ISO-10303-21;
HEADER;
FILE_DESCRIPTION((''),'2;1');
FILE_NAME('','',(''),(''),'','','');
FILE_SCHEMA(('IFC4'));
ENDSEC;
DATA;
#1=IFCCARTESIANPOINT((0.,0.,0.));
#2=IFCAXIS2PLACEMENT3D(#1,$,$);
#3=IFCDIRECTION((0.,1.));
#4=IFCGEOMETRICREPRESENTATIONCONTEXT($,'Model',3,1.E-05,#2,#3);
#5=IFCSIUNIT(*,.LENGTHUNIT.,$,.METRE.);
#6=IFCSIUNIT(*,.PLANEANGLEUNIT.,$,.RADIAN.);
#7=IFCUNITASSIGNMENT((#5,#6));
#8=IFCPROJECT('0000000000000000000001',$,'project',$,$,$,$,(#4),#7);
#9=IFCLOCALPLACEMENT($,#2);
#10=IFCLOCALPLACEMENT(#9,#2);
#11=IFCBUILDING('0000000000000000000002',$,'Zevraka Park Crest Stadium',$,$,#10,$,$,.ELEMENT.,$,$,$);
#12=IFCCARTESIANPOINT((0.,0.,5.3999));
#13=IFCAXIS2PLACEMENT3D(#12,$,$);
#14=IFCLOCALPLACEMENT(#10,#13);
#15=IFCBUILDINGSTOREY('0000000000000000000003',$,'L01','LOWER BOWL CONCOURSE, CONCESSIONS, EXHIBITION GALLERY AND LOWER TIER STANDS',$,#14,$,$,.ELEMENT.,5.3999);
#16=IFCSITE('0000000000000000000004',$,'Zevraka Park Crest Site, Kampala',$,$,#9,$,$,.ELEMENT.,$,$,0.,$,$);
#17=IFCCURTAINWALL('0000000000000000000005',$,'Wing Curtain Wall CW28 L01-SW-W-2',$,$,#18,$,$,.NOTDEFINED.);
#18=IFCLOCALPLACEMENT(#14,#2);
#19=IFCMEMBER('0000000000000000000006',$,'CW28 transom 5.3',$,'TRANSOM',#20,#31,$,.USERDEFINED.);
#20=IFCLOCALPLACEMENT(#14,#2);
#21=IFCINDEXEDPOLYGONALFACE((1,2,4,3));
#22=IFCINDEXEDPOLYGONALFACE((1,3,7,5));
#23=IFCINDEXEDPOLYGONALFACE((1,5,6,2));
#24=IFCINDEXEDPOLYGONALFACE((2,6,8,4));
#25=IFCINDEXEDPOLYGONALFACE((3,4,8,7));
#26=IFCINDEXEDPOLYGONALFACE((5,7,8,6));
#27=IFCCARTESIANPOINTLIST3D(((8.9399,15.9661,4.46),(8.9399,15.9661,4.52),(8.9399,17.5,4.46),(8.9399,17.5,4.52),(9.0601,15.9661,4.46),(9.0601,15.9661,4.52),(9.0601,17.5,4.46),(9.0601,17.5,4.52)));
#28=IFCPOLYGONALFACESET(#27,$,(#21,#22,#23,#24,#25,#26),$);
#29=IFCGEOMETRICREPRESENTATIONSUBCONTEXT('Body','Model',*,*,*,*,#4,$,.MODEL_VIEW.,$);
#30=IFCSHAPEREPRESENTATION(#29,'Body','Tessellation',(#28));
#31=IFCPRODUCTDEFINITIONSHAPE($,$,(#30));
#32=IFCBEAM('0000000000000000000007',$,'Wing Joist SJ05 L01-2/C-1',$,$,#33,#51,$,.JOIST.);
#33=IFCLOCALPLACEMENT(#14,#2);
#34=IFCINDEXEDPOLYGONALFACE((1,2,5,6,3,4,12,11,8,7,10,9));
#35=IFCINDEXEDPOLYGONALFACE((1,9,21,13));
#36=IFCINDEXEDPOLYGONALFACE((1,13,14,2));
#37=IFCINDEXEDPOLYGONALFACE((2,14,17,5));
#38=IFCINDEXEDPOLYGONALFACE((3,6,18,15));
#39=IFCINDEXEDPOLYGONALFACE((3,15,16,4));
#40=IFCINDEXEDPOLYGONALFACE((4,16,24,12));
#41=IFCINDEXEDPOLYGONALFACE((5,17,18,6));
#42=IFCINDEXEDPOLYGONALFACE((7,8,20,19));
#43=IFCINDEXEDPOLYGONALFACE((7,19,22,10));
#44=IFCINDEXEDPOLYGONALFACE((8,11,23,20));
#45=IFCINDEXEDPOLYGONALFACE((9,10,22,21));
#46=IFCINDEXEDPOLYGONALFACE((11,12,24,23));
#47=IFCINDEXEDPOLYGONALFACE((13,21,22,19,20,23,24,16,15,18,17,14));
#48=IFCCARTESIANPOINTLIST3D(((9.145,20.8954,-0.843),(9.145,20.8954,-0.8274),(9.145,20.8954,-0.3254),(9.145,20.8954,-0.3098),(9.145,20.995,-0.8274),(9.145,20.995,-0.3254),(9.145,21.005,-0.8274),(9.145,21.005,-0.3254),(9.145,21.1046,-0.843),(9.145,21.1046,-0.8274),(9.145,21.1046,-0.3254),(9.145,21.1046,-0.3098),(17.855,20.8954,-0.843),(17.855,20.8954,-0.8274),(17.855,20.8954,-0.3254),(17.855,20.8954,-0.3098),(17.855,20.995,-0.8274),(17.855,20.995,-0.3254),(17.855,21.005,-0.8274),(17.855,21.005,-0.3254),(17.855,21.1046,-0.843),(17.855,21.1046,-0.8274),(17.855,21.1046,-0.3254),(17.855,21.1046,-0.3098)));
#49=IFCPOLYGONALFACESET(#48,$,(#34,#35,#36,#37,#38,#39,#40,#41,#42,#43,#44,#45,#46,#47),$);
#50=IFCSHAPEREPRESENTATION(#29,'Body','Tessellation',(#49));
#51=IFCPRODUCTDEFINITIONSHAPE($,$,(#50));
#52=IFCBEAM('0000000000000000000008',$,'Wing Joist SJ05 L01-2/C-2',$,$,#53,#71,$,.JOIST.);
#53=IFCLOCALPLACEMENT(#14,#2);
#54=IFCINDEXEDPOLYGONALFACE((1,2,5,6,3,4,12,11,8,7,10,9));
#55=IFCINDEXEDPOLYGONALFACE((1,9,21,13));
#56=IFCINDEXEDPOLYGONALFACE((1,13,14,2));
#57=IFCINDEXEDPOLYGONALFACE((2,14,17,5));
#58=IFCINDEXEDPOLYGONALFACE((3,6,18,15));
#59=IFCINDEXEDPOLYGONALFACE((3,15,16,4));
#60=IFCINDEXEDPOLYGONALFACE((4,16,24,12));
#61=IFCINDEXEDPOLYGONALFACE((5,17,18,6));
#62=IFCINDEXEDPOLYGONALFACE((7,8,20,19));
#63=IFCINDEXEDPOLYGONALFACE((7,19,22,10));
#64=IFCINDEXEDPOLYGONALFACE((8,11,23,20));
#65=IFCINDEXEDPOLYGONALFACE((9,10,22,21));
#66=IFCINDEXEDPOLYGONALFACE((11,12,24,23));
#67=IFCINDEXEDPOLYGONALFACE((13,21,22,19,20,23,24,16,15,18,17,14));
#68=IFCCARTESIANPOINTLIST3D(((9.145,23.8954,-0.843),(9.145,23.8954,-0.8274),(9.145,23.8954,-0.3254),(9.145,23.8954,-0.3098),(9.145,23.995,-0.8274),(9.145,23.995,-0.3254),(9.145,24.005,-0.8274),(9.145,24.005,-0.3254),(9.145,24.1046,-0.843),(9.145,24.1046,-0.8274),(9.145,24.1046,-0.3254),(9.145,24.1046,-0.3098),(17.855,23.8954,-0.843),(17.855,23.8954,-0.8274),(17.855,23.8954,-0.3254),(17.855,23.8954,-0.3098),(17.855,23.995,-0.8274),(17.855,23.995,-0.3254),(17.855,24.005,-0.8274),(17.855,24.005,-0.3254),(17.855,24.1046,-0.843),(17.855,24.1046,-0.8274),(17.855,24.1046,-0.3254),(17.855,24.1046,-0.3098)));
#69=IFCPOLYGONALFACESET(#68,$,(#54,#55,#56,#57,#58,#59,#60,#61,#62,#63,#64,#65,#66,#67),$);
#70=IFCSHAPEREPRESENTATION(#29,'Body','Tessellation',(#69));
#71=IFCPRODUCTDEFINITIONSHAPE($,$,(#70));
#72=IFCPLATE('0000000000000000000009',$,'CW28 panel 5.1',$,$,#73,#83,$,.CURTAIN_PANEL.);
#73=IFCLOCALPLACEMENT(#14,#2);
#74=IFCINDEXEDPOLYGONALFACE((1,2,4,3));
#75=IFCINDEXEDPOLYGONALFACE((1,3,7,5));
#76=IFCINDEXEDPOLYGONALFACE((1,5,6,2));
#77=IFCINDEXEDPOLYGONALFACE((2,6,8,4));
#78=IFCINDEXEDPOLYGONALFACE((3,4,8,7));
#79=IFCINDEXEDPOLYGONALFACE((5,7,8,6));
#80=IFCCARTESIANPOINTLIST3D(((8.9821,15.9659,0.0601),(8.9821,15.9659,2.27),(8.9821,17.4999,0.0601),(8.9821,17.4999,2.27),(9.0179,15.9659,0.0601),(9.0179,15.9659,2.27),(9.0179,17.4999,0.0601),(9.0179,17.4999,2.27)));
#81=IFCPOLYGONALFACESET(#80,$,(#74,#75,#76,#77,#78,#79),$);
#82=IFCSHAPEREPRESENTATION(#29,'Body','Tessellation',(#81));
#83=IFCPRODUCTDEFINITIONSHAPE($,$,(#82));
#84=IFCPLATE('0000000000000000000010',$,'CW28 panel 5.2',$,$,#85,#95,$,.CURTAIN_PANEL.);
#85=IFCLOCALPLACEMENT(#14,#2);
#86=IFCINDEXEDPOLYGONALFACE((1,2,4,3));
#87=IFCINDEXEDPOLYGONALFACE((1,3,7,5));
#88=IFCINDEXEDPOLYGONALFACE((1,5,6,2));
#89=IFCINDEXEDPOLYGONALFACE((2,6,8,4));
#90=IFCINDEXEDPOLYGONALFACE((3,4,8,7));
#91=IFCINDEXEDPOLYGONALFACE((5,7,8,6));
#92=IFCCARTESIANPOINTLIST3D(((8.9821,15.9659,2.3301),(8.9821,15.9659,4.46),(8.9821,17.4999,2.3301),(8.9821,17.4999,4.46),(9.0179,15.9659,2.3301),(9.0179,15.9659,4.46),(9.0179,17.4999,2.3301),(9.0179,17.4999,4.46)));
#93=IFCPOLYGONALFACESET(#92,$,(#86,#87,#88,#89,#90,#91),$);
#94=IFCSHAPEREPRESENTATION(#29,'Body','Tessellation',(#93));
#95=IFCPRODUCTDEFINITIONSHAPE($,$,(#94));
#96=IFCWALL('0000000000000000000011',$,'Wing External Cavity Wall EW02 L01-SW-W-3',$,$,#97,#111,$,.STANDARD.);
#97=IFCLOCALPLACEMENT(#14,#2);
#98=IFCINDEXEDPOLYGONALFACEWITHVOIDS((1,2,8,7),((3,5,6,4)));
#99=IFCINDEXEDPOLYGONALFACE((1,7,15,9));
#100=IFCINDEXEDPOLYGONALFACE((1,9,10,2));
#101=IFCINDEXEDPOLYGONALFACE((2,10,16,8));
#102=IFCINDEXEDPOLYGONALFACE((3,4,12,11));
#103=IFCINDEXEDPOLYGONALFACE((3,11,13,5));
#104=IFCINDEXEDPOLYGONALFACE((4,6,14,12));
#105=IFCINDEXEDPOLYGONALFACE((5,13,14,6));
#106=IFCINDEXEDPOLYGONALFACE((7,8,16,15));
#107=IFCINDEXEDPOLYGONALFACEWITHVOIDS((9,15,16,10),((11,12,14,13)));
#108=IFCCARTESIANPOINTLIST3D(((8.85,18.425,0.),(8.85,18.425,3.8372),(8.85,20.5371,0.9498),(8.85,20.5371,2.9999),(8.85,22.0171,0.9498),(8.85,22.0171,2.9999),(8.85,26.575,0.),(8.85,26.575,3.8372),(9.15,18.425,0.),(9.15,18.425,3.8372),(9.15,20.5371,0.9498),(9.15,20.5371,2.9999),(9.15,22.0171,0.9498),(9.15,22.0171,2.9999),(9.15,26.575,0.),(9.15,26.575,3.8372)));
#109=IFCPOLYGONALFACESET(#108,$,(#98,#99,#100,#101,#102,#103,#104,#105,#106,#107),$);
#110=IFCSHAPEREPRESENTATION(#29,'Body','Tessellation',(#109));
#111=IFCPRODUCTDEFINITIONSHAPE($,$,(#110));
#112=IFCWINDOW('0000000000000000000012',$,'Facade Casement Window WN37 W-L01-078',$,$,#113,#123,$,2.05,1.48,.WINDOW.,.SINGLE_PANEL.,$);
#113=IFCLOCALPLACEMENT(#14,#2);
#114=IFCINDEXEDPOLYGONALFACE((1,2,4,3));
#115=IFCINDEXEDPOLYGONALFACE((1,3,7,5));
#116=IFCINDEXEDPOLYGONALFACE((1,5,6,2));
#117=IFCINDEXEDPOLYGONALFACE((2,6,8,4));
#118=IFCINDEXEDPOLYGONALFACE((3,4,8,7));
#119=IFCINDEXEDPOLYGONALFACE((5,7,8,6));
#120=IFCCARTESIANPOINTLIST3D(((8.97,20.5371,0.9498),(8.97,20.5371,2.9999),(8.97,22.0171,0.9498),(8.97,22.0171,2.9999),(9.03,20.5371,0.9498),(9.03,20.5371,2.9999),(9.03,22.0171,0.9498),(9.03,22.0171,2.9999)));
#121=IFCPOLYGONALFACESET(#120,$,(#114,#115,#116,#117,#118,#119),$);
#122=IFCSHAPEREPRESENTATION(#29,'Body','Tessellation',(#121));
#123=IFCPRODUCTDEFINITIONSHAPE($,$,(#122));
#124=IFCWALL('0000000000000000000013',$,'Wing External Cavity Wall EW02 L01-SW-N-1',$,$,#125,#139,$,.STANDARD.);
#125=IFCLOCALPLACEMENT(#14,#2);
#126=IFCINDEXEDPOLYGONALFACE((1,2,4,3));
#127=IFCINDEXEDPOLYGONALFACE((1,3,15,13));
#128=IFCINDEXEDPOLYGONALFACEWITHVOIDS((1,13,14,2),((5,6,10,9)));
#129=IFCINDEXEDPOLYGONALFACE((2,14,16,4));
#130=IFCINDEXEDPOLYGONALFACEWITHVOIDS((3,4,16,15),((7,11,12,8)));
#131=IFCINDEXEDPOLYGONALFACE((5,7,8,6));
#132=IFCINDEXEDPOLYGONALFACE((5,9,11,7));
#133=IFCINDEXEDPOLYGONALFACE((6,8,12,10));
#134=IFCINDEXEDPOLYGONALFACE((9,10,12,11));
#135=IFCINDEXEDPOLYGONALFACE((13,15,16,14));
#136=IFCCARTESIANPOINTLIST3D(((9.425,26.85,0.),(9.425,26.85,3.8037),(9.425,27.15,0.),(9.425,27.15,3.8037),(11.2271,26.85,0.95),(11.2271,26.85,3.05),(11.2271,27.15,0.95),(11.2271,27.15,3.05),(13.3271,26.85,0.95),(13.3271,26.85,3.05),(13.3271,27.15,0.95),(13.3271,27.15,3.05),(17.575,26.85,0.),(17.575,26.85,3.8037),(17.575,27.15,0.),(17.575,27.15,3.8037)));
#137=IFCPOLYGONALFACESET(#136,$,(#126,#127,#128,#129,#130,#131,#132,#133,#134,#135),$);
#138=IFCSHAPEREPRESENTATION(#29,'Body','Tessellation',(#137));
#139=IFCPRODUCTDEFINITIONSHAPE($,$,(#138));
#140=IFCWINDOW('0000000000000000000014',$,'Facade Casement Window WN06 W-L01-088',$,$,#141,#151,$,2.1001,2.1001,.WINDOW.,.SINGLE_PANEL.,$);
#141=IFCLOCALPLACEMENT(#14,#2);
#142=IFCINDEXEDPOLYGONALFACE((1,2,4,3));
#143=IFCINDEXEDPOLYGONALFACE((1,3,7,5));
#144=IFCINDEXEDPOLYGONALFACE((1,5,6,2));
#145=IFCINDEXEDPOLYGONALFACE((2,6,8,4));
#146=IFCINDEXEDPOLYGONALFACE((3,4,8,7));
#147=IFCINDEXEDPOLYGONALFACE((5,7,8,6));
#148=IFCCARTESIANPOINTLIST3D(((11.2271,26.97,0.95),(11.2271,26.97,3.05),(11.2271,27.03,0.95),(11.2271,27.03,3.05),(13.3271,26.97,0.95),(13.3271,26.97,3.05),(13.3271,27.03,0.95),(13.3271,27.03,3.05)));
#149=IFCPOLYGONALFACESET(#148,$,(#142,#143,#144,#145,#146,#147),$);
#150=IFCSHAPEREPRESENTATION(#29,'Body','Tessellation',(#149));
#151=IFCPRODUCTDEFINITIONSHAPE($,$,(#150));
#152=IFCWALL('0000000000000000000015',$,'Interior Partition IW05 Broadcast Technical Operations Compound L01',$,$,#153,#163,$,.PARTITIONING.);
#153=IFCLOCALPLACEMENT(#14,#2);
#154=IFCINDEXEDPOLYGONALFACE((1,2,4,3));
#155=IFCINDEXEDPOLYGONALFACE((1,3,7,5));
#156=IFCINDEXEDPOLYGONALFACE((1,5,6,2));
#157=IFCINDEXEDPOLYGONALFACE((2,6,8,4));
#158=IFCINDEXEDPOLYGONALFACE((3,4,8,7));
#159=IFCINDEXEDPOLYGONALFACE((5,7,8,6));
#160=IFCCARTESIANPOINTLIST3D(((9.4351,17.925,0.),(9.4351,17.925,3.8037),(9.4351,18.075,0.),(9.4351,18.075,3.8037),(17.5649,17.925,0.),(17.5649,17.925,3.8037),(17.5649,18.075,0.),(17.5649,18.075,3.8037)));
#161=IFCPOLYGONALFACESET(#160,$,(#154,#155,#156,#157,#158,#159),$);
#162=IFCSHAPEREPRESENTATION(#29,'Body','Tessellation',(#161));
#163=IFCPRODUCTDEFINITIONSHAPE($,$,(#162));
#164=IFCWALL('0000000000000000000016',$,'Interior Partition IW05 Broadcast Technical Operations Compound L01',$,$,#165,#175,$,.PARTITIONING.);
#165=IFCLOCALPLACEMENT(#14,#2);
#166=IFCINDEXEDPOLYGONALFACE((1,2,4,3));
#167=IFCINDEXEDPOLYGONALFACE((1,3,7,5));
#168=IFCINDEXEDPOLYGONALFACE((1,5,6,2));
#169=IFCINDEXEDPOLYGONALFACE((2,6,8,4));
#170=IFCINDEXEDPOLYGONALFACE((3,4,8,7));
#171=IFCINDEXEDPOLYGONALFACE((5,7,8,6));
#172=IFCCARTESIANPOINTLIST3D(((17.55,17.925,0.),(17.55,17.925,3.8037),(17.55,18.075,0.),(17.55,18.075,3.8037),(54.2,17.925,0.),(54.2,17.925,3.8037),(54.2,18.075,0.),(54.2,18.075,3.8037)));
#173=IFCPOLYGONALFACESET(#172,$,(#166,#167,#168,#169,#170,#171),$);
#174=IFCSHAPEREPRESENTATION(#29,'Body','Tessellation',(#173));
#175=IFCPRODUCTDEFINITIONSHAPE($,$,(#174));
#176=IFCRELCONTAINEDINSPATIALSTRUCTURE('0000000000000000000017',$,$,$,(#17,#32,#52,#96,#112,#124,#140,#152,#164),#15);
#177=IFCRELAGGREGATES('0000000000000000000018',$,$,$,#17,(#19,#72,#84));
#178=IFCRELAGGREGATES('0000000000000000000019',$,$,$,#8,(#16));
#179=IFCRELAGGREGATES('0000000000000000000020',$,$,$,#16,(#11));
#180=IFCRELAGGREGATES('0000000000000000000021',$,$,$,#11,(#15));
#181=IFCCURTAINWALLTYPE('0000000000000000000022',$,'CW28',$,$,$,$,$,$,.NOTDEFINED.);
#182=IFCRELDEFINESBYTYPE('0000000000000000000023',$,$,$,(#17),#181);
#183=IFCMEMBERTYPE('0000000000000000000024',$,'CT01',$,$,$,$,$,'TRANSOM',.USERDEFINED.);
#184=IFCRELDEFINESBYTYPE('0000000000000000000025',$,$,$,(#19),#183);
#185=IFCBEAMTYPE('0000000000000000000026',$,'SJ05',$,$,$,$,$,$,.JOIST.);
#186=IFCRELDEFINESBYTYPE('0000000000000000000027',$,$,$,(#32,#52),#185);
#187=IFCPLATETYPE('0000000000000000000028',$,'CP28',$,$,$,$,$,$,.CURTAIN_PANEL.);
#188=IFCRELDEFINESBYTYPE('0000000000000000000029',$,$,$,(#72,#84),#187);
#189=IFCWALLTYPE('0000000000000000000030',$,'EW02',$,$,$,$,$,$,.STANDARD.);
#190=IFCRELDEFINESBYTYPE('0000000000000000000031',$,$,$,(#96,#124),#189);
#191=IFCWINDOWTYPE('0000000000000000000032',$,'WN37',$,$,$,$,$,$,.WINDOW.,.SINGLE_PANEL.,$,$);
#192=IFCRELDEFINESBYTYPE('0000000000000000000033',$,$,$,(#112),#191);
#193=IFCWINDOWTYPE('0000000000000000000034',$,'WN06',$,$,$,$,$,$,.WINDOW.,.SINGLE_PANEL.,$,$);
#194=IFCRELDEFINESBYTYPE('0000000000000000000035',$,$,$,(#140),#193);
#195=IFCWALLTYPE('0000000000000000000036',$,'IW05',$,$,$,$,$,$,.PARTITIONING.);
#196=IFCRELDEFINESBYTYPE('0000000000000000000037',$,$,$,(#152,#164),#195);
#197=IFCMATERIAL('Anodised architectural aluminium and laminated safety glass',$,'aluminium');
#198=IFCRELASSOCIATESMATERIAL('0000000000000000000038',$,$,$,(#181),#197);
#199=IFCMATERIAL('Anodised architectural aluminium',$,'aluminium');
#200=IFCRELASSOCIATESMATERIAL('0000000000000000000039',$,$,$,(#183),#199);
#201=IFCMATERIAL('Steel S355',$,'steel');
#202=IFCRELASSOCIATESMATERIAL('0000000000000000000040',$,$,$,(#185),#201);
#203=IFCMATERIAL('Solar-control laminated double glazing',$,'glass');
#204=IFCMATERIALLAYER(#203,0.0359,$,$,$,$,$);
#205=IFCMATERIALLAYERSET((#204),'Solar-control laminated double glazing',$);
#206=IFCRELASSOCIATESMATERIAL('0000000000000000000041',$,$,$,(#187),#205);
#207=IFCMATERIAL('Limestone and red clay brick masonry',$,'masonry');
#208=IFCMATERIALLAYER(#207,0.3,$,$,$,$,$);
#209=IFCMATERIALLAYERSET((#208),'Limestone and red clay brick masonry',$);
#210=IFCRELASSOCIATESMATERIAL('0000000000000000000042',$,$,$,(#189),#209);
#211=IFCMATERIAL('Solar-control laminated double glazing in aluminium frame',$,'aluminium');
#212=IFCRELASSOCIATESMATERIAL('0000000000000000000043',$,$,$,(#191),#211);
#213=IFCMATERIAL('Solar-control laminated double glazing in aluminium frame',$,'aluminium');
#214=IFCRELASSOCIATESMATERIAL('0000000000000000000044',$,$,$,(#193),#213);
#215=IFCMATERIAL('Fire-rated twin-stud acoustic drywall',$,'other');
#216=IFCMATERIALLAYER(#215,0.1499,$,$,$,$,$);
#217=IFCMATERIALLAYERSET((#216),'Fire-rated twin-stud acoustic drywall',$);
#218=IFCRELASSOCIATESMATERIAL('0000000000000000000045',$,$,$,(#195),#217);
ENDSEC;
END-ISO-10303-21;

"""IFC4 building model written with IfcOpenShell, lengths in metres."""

from ifc_helpers import new_model, si_unit, direction, frame, frame_2d, origin, origin_2d, place, context, subcontext, project, spatial, rectangle, i_section, extrude, material, layer, layer_set, material_profile, profile_set, type_object, element, fill, aggregate, save


model = new_model("IFC4")

# Units and contexts
model_context = context("Model", 3, precision=1e-05, world=origin(), true_north=direction((0.0, 1.0)))
body_context = subcontext(model_context, "Body", "Model", "MODEL_VIEW")
ifc_project = project(units=[si_unit("LENGTHUNIT", "METRE"), si_unit("PLANEANGLEUNIT", "RADIAN")], contexts=[model_context])

# Site, building, storey
site_placement = place(None, origin())
site = spatial("IfcSite", under=ifc_project, at=site_placement, Name="Zevraka Park Crest Site, Kampala", CompositionType="ELEMENT", RefElevation=0.0)
building_placement = place(site_placement, origin())
building = spatial("IfcBuilding", under=site, at=building_placement, Name="Zevraka Park Crest Stadium", CompositionType="ELEMENT")
storey_placement = place(building_placement, frame((0.0, 0.0, 5.3999)))
storey = spatial("IfcBuildingStorey", under=building, at=storey_placement, Name="L01", Description="LOWER BOWL CONCOURSE, CONCESSIONS, EXHIBITION GALLERY AND LOWER TIER STANDS", CompositionType="ELEMENT", Elevation=5.3999)

# Curtain wall, member
ifc_material_1 = material(Name="Anodised architectural aluminium and laminated safety glass", Category="aluminium")
curtain_wall_type = type_object("IfcCurtainWallType", Name="CW28", PredefinedType="NOTDEFINED", material=ifc_material_1)
curtain_wall_placement = place(storey_placement, origin())
curtain_wall = element("IfcCurtainWall", 1, at=curtain_wall_placement, inside=storey, type_object=curtain_wall_type, Name="Wing Curtain Wall CW28 L01-SW-W-2", PredefinedType="NOTDEFINED")
ifc_material_2 = material(Name="Anodised architectural aluminium", Category="aluminium")
ifc_material_profile_1 = material_profile(ifc_material_2, rectangle(XDim=0.1201, YDim=0.0601, at=origin_2d()), Name="ALU TRANSOM 120x60")
ifc_profile_set_1 = profile_set([ifc_material_profile_1], Name="Anodised architectural aluminium")
member_type_1 = type_object("IfcMemberType", Name="CT01", ElementType="TRANSOM", PredefinedType="USERDEFINED", material=ifc_profile_set_1)
member_1_placement = place(storey_placement, frame((9.0, 15.9661, 4.49), z_axis=(0.0, 1.0, 0.0), x_axis=(-1.0, 0.0, 0.0)))
member_1 = element("IfcMember", 2, at=member_1_placement, type_object=member_type_1, Name="CW28 transom 5.3", ObjectType="TRANSOM", PredefinedType="USERDEFINED", context=body_context, shape_type="SweptSolid", body=[
    extrude(rectangle(XDim=0.1201, YDim=0.0601, at=origin_2d()), origin(), (0.0, 0.0, 1.0), 1.5339),
])

# Beams
ifc_material_3 = material(Name="Steel S355", Category="steel")
ifc_material_profile_2 = material_profile(ifc_material_3, i_section(OverallWidth=0.2092, OverallDepth=0.5332, WebThickness=0.01, FlangeThickness=0.0156, at=origin_2d()), Name="UKB 533x210x92")
ifc_profile_set_2 = profile_set([ifc_material_profile_2], Name="Steel S355")
beam_type_1 = type_object("IfcBeamType", Name="SJ05", PredefinedType="JOIST", material=ifc_profile_set_2)
for number, where, z_axis, x_axis, name in (
    (3, (9.145, 21.0, -0.5764), (1.0, 0.0, 0.0), (0.0, 1.0, 0.0), "Wing Joist SJ05 L01-2/C-1"),
    (4, (9.145, 24.0, -0.5764), (1.0, 0.0, 0.0), (0.0, 1.0, 0.0), "Wing Joist SJ05 L01-2/C-2"),
):
    element("IfcBeam", number, at=place(storey_placement, frame(where, z_axis=z_axis, x_axis=x_axis)), inside=storey, type_object=beam_type_1, Name=name, PredefinedType="JOIST", context=body_context, shape_type="SweptSolid", body=[
        extrude(i_section(OverallWidth=0.2092, OverallDepth=0.5332, WebThickness=0.01, FlangeThickness=0.0156, at=origin_2d()), origin(), (0.0, 0.0, 1.0), 8.71),
    ])

# Plates
ifc_material_4 = material(Name="Solar-control laminated double glazing", Category="glass")
ifc_layer_1 = layer(ifc_material_4, 0.0359)
ifc_layer_set_1 = layer_set([ifc_layer_1], Name="Solar-control laminated double glazing")
plate_type = type_object("IfcPlateType", Name="CP28", PredefinedType="CURTAIN_PANEL", material=ifc_layer_set_1)
plate_1_placement = place(storey_placement, frame((9.0, 16.7329, 0.0601), z_axis=(0.0, 0.0, 1.0), x_axis=(0.0, 1.0, 0.0)))
plate_1 = element("IfcPlate", 5, at=plate_1_placement, type_object=plate_type, Name="CW28 panel 5.1", PredefinedType="CURTAIN_PANEL", context=body_context, shape_type="SweptSolid", body=[
    extrude(rectangle(XDim=1.5339, YDim=0.0359, at=origin_2d()), origin(), (0.0, 0.0, 1.0), 2.21),
])
plate_2_placement = place(storey_placement, frame((9.0, 16.7329, 2.3301), z_axis=(0.0, 0.0, 1.0), x_axis=(0.0, 1.0, 0.0)))
plate_2 = element("IfcPlate", 6, at=plate_2_placement, type_object=plate_type, Name="CW28 panel 5.2", PredefinedType="CURTAIN_PANEL", context=body_context, shape_type="SweptSolid", body=[
    extrude(rectangle(XDim=1.5339, YDim=0.0359, at=origin_2d()), origin(), (0.0, 0.0, 1.0), 2.1299),
])
aggregate(curtain_wall, [member_1, plate_1, plate_2])

# Walls, openings, windows
ifc_material_5 = material(Name="Limestone and red clay brick masonry", Category="masonry")
ifc_layer_2 = layer(ifc_material_5, 0.3)
ifc_layer_set_2 = layer_set([ifc_layer_2], Name="Limestone and red clay brick masonry")
wall_type_1 = type_object("IfcWallType", Name="EW02", PredefinedType="STANDARD", material=ifc_layer_set_2)
wall_1_placement = place(storey_placement, frame((9.0, 18.425, 0.0), z_axis=(0.0, 0.0, 1.0), x_axis=(0.0, 1.0, 0.0)))
wall_1 = element("IfcWall", 7, at=wall_1_placement, inside=storey, type_object=wall_type_1, Name="Wing External Cavity Wall EW02 L01-SW-W-3", PredefinedType="STANDARD", context=body_context, shape_type="SweptSolid", body=[
    extrude(rectangle(XDim=8.1499, YDim=0.3, at=frame_2d((4.075, 0.0))), origin(), (0.0, 0.0, 1.0), 3.8372),
])
opening_1_placement = place(wall_1_placement, frame((2.1121, 0.0, 0.95)))
opening_1 = element("IfcOpeningElement", 8, at=opening_1_placement, cuts=wall_1, PredefinedType="OPENING", context=body_context, shape_type="SweptSolid", body=[
    extrude(rectangle(XDim=1.48, YDim=2.05, at=frame_2d((0.74, 1.0249))), frame((0.0, 0.1599, 0.0), z_axis=(0.0, -1.0, 0.0), x_axis=(1.0, 0.0, 0.0)), (0.0, 0.0, 1.0), 0.3201),
])
ifc_material_6 = material(Name="Solar-control laminated double glazing in aluminium frame", Category="aluminium")
window_type_1 = type_object("IfcWindowType", Name="WN37", PartitioningType="SINGLE_PANEL", PredefinedType="WINDOW", material=ifc_material_6)
window_1_placement = place(opening_1_placement, origin())
window_1 = element("IfcWindow", 9, at=window_1_placement, inside=storey, type_object=window_type_1, Name="Facade Casement Window WN37 W-L01-078", OverallHeight=2.05, OverallWidth=1.48, PartitioningType="SINGLE_PANEL", PredefinedType="WINDOW", context=body_context, shape_type="SweptSolid", body=[
    extrude(rectangle(XDim=1.48, YDim=2.05, at=frame_2d((0.74, 1.0249))), frame((0.0, 0.03, 0.0), z_axis=(0.0, -1.0, 0.0), x_axis=(1.0, 0.0, 0.0)), (0.0, 0.0, 1.0), 0.0601),
])
fill(opening_1, window_1)
wall_2_placement = place(storey_placement, frame((9.425, 27.0, 0.0), z_axis=(0.0, 0.0, 1.0), x_axis=(1.0, 0.0, 0.0)))
wall_2 = element("IfcWall", 10, at=wall_2_placement, inside=storey, type_object=wall_type_1, Name="Wing External Cavity Wall EW02 L01-SW-N-1", PredefinedType="STANDARD", context=body_context, shape_type="SweptSolid", body=[
    extrude(rectangle(XDim=8.1499, YDim=0.3, at=frame_2d((4.075, 0.0))), origin(), (0.0, 0.0, 1.0), 3.8037),
])
opening_2_placement = place(wall_2_placement, frame((1.802, 0.0, 0.95)))
opening_2 = element("IfcOpeningElement", 11, at=opening_2_placement, cuts=wall_2, PredefinedType="OPENING", context=body_context, shape_type="SweptSolid", body=[
    extrude(rectangle(XDim=2.1001, YDim=2.1001, at=frame_2d((1.05, 1.05))), frame((0.0, 0.1599, 0.0), z_axis=(0.0, -1.0, 0.0), x_axis=(1.0, 0.0, 0.0)), (0.0, 0.0, 1.0), 0.3201),
])
ifc_material_7 = material(Name="Solar-control laminated double glazing in aluminium frame", Category="aluminium")
window_type_2 = type_object("IfcWindowType", Name="WN06", PartitioningType="SINGLE_PANEL", PredefinedType="WINDOW", material=ifc_material_7)
window_2_placement = place(opening_2_placement, origin())
window_2 = element("IfcWindow", 12, at=window_2_placement, inside=storey, type_object=window_type_2, Name="Facade Casement Window WN06 W-L01-088", OverallHeight=2.1001, OverallWidth=2.1001, PartitioningType="SINGLE_PANEL", PredefinedType="WINDOW", context=body_context, shape_type="SweptSolid", body=[
    extrude(rectangle(XDim=2.1001, YDim=2.1001, at=frame_2d((1.05, 1.05))), frame((0.0, 0.03, 0.0), z_axis=(0.0, -1.0, 0.0), x_axis=(1.0, 0.0, 0.0)), (0.0, 0.0, 1.0), 0.0601),
])
fill(opening_2, window_2)

# Walls
ifc_material_8 = material(Name="Fire-rated twin-stud acoustic drywall", Category="other")
ifc_layer_3 = layer(ifc_material_8, 0.1499)
ifc_layer_set_3 = layer_set([ifc_layer_3], Name="Fire-rated twin-stud acoustic drywall")
wall_type_2 = type_object("IfcWallType", Name="IW05", PredefinedType="PARTITIONING", material=ifc_layer_set_3)
wall_3_placement = place(storey_placement, frame((9.4351, 18.0, 0.0), z_axis=(0.0, 0.0, 1.0), x_axis=(1.0, 0.0, 0.0)))
element("IfcWall", 13, at=wall_3_placement, inside=storey, type_object=wall_type_2, Name="Interior Partition IW05 Broadcast Technical Operations Compound L01", PredefinedType="PARTITIONING", context=body_context, shape_type="SweptSolid", body=[
    extrude(rectangle(XDim=8.1299, YDim=0.1499, at=frame_2d((4.0649, 0.0))), origin(), (0.0, 0.0, 1.0), 3.8037),
])
wall_4_placement = place(storey_placement, frame((17.55, 18.0, 0.0), z_axis=(0.0, 0.0, 1.0), x_axis=(1.0, 0.0, 0.0)))
element("IfcWall", 14, at=wall_4_placement, inside=storey, type_object=wall_type_2, Name="Interior Partition IW05 Broadcast Technical Operations Compound L01", PredefinedType="PARTITIONING", context=body_context, shape_type="SweptSolid", body=[
    extrude(rectangle(XDim=36.6499, YDim=0.1499, at=frame_2d((18.325, 0.0))), origin(), (0.0, 0.0, 1.0), 3.8037),
])

save(model, "model.ifc")
